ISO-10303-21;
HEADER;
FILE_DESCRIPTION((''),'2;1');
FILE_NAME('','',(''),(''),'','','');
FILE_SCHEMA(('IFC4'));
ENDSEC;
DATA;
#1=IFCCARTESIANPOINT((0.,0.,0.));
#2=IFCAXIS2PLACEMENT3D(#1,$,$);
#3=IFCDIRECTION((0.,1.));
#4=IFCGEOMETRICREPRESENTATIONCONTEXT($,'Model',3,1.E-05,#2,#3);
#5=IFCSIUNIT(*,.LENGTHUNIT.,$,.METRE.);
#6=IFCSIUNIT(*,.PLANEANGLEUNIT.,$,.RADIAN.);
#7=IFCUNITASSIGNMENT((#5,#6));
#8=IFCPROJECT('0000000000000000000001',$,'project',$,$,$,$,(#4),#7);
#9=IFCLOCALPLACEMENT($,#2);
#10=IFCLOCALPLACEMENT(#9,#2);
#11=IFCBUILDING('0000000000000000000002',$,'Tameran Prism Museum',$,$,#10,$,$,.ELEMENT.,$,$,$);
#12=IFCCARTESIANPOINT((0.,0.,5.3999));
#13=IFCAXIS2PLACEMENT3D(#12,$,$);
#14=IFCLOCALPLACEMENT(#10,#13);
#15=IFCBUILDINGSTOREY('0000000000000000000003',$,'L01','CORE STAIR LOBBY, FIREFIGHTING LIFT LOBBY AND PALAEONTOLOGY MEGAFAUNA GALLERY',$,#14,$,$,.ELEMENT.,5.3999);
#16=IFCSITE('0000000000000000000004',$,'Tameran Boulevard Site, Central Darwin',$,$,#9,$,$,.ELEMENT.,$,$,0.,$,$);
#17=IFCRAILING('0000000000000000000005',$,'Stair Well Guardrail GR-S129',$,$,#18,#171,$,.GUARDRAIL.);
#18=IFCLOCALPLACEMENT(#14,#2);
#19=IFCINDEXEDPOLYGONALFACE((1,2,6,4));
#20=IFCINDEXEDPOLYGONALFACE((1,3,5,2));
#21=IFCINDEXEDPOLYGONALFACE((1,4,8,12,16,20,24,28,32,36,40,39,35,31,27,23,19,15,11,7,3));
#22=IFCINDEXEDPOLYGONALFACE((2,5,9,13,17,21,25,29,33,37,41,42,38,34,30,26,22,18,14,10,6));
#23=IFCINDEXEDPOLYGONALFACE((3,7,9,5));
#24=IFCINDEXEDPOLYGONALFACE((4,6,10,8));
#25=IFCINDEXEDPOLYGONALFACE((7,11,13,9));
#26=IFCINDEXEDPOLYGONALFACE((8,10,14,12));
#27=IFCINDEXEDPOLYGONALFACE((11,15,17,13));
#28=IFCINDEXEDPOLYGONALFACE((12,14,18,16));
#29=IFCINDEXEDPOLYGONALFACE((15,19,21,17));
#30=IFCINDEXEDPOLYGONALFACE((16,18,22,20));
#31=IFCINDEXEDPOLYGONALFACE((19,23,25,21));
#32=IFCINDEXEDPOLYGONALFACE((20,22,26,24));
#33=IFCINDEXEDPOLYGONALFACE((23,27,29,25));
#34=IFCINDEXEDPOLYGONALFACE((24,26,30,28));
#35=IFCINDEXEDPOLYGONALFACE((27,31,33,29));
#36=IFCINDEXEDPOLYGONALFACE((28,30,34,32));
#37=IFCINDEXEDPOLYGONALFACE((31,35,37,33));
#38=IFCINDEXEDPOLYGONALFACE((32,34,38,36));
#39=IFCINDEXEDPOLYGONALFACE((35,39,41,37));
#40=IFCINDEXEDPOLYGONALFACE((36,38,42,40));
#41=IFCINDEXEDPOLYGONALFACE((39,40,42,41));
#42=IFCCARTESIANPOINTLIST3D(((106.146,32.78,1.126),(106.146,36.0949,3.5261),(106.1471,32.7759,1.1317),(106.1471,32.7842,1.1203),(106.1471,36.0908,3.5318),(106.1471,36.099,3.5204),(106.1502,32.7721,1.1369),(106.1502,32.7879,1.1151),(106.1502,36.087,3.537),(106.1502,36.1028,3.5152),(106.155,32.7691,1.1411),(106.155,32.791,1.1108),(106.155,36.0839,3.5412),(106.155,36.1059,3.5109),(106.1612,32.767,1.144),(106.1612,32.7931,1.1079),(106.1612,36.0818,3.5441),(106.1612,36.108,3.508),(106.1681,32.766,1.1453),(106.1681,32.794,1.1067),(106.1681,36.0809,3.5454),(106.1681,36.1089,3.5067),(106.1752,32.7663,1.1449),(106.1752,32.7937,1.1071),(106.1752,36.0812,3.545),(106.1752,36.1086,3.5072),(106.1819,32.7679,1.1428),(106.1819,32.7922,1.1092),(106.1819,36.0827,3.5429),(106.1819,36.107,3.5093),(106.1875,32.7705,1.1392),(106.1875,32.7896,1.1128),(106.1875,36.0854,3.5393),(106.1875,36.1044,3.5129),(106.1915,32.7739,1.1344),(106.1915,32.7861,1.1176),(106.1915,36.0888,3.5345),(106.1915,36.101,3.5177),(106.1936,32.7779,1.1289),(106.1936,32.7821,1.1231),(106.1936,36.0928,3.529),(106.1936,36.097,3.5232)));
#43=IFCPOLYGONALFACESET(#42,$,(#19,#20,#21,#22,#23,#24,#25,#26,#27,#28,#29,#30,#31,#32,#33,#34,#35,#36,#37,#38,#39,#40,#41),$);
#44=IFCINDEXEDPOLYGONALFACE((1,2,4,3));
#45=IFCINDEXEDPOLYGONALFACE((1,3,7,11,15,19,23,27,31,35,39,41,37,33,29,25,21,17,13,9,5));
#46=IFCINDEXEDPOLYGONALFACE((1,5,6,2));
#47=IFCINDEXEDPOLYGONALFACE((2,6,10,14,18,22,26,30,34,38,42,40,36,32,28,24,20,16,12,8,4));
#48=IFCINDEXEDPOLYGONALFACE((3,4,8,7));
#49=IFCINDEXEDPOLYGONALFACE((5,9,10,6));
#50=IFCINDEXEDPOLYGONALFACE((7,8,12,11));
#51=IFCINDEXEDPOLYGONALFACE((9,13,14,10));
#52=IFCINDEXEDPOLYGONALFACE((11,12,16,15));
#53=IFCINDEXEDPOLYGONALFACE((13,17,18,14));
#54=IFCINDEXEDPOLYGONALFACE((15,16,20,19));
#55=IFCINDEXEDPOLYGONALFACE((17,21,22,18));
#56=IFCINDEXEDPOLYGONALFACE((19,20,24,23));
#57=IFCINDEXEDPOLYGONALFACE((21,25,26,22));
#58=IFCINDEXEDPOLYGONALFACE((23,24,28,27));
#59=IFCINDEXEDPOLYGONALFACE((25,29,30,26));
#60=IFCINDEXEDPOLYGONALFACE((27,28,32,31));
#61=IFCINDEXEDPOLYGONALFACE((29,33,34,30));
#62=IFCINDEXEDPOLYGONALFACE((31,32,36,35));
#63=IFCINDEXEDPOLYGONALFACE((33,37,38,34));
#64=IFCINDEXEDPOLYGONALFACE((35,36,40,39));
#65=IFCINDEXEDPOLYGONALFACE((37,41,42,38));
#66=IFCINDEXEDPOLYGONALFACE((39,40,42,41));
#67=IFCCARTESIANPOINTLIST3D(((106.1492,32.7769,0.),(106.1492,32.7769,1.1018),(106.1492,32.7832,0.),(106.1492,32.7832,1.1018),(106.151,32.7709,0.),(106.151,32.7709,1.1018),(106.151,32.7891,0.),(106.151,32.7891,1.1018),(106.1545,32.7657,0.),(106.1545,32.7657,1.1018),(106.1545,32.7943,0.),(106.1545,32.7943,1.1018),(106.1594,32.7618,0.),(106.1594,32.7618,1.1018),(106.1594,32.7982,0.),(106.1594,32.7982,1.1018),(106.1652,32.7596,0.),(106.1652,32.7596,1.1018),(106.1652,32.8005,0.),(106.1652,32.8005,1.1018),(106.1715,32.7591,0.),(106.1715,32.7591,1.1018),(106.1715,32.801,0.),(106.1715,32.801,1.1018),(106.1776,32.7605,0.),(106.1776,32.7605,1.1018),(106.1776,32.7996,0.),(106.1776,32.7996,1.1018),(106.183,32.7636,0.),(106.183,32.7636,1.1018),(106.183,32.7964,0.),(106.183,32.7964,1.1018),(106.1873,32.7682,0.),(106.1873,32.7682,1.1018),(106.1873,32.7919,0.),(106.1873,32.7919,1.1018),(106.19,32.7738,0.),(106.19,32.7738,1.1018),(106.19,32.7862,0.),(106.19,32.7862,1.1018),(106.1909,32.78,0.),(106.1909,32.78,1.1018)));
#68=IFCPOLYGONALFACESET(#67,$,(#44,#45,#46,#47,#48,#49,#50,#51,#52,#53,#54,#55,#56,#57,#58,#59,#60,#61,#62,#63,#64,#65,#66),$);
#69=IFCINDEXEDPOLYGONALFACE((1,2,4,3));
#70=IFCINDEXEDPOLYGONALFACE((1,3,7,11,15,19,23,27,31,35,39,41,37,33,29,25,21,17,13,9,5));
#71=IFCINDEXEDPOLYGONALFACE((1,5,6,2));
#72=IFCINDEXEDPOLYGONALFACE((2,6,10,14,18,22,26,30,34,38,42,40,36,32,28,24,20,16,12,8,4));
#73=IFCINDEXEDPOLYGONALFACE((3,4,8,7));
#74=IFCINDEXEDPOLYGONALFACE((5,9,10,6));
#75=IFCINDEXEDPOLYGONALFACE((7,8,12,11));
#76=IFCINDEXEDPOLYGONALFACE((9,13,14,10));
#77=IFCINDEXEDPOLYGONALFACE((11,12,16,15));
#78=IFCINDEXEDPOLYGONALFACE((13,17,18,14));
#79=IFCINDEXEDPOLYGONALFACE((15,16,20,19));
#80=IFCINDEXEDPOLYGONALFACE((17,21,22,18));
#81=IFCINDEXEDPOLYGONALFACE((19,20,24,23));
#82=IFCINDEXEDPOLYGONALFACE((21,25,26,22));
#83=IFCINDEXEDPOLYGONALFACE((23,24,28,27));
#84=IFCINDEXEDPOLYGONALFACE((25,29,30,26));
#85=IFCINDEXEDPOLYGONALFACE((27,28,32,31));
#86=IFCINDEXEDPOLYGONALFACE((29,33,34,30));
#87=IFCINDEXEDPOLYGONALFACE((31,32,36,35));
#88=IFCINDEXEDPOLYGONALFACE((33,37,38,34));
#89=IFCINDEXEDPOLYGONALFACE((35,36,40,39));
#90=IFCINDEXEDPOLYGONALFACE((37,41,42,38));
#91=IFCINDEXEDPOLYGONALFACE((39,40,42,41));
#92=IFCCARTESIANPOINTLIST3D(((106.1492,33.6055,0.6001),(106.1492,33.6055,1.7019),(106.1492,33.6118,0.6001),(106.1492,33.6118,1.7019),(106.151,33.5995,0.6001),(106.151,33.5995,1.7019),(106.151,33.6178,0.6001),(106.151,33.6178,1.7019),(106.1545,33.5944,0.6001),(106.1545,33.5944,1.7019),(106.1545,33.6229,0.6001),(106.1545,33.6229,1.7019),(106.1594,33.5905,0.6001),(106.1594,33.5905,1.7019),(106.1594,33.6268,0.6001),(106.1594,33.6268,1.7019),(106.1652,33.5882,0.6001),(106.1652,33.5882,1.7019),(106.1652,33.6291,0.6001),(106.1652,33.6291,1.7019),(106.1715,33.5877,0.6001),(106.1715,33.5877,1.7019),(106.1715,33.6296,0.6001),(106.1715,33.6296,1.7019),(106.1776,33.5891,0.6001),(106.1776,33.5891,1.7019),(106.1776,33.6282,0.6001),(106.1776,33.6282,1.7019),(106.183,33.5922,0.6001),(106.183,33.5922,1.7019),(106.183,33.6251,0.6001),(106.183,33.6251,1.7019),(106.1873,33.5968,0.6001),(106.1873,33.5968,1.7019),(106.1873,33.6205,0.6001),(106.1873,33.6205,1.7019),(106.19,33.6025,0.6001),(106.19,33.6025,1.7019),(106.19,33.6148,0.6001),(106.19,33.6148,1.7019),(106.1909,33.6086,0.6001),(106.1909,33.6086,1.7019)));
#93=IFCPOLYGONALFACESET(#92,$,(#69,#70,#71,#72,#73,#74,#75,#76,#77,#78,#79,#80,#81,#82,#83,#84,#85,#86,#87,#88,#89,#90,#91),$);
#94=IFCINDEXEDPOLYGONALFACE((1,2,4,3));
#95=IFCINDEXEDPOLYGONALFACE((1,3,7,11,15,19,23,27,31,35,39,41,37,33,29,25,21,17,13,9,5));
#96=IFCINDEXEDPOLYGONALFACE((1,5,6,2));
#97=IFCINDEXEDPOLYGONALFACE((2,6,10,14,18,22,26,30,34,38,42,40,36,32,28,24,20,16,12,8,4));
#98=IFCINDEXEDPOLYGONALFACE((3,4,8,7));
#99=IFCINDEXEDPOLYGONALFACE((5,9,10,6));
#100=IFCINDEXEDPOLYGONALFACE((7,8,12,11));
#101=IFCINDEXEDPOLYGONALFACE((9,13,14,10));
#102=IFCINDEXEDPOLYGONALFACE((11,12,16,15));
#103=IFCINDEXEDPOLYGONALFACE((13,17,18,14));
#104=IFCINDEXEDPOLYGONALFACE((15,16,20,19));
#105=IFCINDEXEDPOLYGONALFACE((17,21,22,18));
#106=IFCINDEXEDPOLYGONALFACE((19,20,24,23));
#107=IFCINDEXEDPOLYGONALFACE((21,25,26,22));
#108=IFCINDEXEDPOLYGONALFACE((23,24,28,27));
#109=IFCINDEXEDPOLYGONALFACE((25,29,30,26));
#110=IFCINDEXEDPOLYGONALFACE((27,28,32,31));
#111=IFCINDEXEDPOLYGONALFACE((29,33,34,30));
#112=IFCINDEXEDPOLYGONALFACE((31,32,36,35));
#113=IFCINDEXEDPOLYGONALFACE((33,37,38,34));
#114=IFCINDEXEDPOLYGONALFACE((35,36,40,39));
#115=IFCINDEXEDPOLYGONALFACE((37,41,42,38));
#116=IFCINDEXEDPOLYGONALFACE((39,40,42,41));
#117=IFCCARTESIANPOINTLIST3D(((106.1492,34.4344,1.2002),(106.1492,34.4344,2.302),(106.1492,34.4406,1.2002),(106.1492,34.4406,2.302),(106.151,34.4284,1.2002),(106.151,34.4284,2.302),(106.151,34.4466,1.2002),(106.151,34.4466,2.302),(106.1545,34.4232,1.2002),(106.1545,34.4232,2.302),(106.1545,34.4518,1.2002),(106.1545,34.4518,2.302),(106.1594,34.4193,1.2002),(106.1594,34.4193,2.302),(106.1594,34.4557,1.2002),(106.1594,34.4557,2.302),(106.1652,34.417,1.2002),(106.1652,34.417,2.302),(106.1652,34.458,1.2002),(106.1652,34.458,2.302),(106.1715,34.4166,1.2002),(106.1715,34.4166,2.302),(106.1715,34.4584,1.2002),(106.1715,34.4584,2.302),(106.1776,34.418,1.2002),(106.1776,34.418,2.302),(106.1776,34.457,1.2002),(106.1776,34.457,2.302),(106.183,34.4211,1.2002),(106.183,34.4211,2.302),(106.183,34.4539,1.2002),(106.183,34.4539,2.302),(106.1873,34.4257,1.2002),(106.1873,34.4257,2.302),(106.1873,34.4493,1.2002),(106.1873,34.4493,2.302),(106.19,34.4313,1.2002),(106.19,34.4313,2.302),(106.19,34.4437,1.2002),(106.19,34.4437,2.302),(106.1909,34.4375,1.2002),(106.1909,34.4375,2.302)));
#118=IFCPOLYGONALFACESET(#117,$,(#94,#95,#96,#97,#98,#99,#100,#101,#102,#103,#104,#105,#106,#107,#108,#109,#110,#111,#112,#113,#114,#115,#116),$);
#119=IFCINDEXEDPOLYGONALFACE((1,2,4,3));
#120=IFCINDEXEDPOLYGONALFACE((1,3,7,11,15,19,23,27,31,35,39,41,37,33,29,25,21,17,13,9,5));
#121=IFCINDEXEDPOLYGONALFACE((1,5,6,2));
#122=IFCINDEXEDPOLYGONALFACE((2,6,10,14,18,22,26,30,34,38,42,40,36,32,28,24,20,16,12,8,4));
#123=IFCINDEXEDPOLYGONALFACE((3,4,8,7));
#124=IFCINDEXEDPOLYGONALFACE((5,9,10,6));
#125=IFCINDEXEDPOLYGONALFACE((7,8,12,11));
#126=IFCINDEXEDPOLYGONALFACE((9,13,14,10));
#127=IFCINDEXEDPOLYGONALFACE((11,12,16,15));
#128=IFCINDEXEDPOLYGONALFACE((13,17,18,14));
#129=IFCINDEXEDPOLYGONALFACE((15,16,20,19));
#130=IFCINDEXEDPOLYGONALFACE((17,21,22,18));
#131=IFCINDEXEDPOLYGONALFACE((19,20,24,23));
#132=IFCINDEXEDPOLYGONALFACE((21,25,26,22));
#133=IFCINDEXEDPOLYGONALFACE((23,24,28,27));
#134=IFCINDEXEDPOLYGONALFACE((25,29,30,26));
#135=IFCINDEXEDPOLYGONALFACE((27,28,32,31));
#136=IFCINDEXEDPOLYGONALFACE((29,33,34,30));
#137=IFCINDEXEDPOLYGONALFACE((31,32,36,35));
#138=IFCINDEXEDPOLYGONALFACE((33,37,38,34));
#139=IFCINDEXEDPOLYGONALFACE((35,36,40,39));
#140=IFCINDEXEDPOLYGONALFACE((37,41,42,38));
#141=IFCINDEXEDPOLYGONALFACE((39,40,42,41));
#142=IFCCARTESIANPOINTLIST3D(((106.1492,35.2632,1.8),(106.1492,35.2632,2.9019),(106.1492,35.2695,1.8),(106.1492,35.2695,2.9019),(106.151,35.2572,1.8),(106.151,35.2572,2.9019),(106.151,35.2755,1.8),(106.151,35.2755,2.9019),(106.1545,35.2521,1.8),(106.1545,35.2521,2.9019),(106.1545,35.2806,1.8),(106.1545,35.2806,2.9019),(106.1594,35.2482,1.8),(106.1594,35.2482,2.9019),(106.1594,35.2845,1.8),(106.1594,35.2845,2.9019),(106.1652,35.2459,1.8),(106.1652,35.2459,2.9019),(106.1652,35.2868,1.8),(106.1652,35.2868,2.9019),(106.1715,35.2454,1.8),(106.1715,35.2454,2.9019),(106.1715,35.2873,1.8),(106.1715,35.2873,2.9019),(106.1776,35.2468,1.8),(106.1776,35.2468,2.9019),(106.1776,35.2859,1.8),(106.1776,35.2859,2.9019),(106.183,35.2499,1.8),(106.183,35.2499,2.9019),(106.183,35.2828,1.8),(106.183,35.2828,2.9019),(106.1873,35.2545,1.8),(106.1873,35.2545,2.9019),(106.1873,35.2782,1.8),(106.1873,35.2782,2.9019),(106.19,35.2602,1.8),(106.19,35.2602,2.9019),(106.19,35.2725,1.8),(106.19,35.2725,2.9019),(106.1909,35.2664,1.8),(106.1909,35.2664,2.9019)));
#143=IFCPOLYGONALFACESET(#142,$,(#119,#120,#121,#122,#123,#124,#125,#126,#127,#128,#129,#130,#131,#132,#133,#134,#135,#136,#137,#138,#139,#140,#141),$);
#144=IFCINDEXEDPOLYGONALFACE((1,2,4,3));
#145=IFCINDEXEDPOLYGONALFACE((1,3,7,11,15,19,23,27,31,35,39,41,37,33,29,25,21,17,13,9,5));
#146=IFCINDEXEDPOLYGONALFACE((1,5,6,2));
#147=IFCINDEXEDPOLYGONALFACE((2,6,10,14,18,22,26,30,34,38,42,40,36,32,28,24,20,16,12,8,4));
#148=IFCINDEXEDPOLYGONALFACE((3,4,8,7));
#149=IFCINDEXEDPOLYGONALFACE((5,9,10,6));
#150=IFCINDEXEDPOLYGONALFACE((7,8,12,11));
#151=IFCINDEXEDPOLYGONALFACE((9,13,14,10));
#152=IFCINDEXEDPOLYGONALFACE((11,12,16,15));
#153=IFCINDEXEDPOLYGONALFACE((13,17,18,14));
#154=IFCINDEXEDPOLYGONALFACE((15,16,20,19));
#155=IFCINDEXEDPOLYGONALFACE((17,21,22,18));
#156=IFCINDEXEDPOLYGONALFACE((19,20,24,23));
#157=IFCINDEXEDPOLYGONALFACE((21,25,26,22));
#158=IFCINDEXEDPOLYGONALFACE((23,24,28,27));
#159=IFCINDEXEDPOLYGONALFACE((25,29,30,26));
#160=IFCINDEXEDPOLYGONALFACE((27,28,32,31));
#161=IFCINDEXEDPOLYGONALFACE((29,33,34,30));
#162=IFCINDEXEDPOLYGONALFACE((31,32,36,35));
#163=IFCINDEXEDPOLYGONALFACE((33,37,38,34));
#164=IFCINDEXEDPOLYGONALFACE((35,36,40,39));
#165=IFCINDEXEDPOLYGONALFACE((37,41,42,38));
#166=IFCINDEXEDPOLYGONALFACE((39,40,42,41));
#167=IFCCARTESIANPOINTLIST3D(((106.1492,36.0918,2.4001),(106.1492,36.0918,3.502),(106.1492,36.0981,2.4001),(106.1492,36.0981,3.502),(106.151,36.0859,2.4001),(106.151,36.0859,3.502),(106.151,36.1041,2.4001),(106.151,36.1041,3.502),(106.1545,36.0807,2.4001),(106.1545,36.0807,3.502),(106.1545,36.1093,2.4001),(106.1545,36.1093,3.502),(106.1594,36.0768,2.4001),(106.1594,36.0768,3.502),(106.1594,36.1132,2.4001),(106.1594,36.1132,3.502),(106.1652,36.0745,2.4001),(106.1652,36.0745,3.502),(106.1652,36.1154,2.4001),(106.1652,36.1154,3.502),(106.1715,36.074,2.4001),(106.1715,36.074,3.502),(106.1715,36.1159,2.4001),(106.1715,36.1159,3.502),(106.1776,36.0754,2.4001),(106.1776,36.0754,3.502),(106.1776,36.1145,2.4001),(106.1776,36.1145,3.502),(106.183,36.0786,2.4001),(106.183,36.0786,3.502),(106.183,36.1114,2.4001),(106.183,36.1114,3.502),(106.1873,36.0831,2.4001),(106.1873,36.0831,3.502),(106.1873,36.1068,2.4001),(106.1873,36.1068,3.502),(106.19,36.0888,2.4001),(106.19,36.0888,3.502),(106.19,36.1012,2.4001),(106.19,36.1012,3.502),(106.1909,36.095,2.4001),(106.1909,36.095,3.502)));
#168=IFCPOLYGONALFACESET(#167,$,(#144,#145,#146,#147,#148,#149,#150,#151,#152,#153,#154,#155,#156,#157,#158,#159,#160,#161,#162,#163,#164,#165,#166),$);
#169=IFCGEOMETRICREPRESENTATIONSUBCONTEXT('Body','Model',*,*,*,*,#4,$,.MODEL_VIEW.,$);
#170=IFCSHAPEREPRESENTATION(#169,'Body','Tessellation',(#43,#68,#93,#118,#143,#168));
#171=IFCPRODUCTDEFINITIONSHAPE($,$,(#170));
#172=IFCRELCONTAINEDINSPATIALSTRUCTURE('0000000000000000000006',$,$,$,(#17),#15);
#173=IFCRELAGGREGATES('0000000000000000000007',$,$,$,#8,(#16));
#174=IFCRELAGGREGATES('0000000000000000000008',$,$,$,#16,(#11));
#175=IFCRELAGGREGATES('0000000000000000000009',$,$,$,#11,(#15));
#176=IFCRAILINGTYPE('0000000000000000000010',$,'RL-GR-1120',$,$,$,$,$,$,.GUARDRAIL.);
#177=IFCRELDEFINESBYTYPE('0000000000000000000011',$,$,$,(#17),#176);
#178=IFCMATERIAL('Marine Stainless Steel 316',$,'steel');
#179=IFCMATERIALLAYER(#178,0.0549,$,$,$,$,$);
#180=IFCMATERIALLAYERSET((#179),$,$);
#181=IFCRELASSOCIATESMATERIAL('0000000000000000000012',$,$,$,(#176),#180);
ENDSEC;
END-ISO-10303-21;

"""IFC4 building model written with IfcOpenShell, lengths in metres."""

from ifc_helpers import new_model, si_unit, direction, frame, origin, origin_2d, place, context, subcontext, project, spatial, circle, extrude, material, layer, layer_set, type_object, element, save


model = new_model("IFC4")

# Units and contexts
model_context = context("Model", 3, precision=1e-05, world=origin(), true_north=direction((0.0, 1.0)))
body_context = subcontext(model_context, "Body", "Model", "MODEL_VIEW")
ifc_project = project(units=[si_unit("LENGTHUNIT", "METRE"), si_unit("PLANEANGLEUNIT", "RADIAN")], contexts=[model_context])

# Site, building, storey
site_placement = place(None, origin())
site = spatial("IfcSite", under=ifc_project, at=site_placement, Name="Tameran Boulevard Site, Central Darwin", CompositionType="ELEMENT", RefElevation=0.0)
building_placement = place(site_placement, origin())
building = spatial("IfcBuilding", under=site, at=building_placement, Name="Tameran Prism Museum", CompositionType="ELEMENT")
storey_placement = place(building_placement, frame((0.0, 0.0, 5.3999)))
storey = spatial("IfcBuildingStorey", under=building, at=storey_placement, Name="L01", Description="CORE STAIR LOBBY, FIREFIGHTING LIFT LOBBY AND PALAEONTOLOGY MEGAFAUNA GALLERY", CompositionType="ELEMENT", Elevation=5.3999)

# Railing
ifc_material_1 = material(Name="Marine Stainless Steel 316", Category="steel")
ifc_layer_1 = layer(ifc_material_1, 0.0549)
ifc_layer_set_1 = layer_set([ifc_layer_1])
railing_type_1 = type_object("IfcRailingType", Name="RL-GR-1120", PredefinedType="GUARDRAIL", material=ifc_layer_set_1)
railing_1_placement = place(storey_placement, frame((106.1699, 32.78, 0.0)))
element("IfcRailing", 1, at=railing_1_placement, inside=storey, type_object=railing_type_1, Name="Stair Well Guardrail GR-S129", PredefinedType="GUARDRAIL", context=body_context, shape_type="SweptSolid", body=[
    extrude(circle(Radius=0.0239, at=origin_2d()), frame((0.0, 0.0, 1.126), z_axis=(0.0, 0.80998, 0.586457), x_axis=(-1.0, 0.0, 0.0)), (0.0, 0.0, 1.0), 4.0925),
    extrude(circle(Radius=0.021, at=origin_2d()), origin(), (0.0, 0.0, 1.0), 1.1018),
    extrude(circle(Radius=0.021, at=origin_2d()), frame((0.0, 0.8286, 0.6001)), (0.0, 0.0, 1.0), 1.1018),
    extrude(circle(Radius=0.021, at=origin_2d()), frame((0.0, 1.6575, 1.2002)), (0.0, 0.0, 1.0), 1.1018),
    extrude(circle(Radius=0.021, at=origin_2d()), frame((0.0, 2.4863, 1.8)), (0.0, 0.0, 1.0), 1.1018),
    extrude(circle(Radius=0.021, at=origin_2d()), frame((0.0, 3.3149, 2.4001)), (0.0, 0.0, 1.0), 1.1018),
])

save(model, "model.ifc")
